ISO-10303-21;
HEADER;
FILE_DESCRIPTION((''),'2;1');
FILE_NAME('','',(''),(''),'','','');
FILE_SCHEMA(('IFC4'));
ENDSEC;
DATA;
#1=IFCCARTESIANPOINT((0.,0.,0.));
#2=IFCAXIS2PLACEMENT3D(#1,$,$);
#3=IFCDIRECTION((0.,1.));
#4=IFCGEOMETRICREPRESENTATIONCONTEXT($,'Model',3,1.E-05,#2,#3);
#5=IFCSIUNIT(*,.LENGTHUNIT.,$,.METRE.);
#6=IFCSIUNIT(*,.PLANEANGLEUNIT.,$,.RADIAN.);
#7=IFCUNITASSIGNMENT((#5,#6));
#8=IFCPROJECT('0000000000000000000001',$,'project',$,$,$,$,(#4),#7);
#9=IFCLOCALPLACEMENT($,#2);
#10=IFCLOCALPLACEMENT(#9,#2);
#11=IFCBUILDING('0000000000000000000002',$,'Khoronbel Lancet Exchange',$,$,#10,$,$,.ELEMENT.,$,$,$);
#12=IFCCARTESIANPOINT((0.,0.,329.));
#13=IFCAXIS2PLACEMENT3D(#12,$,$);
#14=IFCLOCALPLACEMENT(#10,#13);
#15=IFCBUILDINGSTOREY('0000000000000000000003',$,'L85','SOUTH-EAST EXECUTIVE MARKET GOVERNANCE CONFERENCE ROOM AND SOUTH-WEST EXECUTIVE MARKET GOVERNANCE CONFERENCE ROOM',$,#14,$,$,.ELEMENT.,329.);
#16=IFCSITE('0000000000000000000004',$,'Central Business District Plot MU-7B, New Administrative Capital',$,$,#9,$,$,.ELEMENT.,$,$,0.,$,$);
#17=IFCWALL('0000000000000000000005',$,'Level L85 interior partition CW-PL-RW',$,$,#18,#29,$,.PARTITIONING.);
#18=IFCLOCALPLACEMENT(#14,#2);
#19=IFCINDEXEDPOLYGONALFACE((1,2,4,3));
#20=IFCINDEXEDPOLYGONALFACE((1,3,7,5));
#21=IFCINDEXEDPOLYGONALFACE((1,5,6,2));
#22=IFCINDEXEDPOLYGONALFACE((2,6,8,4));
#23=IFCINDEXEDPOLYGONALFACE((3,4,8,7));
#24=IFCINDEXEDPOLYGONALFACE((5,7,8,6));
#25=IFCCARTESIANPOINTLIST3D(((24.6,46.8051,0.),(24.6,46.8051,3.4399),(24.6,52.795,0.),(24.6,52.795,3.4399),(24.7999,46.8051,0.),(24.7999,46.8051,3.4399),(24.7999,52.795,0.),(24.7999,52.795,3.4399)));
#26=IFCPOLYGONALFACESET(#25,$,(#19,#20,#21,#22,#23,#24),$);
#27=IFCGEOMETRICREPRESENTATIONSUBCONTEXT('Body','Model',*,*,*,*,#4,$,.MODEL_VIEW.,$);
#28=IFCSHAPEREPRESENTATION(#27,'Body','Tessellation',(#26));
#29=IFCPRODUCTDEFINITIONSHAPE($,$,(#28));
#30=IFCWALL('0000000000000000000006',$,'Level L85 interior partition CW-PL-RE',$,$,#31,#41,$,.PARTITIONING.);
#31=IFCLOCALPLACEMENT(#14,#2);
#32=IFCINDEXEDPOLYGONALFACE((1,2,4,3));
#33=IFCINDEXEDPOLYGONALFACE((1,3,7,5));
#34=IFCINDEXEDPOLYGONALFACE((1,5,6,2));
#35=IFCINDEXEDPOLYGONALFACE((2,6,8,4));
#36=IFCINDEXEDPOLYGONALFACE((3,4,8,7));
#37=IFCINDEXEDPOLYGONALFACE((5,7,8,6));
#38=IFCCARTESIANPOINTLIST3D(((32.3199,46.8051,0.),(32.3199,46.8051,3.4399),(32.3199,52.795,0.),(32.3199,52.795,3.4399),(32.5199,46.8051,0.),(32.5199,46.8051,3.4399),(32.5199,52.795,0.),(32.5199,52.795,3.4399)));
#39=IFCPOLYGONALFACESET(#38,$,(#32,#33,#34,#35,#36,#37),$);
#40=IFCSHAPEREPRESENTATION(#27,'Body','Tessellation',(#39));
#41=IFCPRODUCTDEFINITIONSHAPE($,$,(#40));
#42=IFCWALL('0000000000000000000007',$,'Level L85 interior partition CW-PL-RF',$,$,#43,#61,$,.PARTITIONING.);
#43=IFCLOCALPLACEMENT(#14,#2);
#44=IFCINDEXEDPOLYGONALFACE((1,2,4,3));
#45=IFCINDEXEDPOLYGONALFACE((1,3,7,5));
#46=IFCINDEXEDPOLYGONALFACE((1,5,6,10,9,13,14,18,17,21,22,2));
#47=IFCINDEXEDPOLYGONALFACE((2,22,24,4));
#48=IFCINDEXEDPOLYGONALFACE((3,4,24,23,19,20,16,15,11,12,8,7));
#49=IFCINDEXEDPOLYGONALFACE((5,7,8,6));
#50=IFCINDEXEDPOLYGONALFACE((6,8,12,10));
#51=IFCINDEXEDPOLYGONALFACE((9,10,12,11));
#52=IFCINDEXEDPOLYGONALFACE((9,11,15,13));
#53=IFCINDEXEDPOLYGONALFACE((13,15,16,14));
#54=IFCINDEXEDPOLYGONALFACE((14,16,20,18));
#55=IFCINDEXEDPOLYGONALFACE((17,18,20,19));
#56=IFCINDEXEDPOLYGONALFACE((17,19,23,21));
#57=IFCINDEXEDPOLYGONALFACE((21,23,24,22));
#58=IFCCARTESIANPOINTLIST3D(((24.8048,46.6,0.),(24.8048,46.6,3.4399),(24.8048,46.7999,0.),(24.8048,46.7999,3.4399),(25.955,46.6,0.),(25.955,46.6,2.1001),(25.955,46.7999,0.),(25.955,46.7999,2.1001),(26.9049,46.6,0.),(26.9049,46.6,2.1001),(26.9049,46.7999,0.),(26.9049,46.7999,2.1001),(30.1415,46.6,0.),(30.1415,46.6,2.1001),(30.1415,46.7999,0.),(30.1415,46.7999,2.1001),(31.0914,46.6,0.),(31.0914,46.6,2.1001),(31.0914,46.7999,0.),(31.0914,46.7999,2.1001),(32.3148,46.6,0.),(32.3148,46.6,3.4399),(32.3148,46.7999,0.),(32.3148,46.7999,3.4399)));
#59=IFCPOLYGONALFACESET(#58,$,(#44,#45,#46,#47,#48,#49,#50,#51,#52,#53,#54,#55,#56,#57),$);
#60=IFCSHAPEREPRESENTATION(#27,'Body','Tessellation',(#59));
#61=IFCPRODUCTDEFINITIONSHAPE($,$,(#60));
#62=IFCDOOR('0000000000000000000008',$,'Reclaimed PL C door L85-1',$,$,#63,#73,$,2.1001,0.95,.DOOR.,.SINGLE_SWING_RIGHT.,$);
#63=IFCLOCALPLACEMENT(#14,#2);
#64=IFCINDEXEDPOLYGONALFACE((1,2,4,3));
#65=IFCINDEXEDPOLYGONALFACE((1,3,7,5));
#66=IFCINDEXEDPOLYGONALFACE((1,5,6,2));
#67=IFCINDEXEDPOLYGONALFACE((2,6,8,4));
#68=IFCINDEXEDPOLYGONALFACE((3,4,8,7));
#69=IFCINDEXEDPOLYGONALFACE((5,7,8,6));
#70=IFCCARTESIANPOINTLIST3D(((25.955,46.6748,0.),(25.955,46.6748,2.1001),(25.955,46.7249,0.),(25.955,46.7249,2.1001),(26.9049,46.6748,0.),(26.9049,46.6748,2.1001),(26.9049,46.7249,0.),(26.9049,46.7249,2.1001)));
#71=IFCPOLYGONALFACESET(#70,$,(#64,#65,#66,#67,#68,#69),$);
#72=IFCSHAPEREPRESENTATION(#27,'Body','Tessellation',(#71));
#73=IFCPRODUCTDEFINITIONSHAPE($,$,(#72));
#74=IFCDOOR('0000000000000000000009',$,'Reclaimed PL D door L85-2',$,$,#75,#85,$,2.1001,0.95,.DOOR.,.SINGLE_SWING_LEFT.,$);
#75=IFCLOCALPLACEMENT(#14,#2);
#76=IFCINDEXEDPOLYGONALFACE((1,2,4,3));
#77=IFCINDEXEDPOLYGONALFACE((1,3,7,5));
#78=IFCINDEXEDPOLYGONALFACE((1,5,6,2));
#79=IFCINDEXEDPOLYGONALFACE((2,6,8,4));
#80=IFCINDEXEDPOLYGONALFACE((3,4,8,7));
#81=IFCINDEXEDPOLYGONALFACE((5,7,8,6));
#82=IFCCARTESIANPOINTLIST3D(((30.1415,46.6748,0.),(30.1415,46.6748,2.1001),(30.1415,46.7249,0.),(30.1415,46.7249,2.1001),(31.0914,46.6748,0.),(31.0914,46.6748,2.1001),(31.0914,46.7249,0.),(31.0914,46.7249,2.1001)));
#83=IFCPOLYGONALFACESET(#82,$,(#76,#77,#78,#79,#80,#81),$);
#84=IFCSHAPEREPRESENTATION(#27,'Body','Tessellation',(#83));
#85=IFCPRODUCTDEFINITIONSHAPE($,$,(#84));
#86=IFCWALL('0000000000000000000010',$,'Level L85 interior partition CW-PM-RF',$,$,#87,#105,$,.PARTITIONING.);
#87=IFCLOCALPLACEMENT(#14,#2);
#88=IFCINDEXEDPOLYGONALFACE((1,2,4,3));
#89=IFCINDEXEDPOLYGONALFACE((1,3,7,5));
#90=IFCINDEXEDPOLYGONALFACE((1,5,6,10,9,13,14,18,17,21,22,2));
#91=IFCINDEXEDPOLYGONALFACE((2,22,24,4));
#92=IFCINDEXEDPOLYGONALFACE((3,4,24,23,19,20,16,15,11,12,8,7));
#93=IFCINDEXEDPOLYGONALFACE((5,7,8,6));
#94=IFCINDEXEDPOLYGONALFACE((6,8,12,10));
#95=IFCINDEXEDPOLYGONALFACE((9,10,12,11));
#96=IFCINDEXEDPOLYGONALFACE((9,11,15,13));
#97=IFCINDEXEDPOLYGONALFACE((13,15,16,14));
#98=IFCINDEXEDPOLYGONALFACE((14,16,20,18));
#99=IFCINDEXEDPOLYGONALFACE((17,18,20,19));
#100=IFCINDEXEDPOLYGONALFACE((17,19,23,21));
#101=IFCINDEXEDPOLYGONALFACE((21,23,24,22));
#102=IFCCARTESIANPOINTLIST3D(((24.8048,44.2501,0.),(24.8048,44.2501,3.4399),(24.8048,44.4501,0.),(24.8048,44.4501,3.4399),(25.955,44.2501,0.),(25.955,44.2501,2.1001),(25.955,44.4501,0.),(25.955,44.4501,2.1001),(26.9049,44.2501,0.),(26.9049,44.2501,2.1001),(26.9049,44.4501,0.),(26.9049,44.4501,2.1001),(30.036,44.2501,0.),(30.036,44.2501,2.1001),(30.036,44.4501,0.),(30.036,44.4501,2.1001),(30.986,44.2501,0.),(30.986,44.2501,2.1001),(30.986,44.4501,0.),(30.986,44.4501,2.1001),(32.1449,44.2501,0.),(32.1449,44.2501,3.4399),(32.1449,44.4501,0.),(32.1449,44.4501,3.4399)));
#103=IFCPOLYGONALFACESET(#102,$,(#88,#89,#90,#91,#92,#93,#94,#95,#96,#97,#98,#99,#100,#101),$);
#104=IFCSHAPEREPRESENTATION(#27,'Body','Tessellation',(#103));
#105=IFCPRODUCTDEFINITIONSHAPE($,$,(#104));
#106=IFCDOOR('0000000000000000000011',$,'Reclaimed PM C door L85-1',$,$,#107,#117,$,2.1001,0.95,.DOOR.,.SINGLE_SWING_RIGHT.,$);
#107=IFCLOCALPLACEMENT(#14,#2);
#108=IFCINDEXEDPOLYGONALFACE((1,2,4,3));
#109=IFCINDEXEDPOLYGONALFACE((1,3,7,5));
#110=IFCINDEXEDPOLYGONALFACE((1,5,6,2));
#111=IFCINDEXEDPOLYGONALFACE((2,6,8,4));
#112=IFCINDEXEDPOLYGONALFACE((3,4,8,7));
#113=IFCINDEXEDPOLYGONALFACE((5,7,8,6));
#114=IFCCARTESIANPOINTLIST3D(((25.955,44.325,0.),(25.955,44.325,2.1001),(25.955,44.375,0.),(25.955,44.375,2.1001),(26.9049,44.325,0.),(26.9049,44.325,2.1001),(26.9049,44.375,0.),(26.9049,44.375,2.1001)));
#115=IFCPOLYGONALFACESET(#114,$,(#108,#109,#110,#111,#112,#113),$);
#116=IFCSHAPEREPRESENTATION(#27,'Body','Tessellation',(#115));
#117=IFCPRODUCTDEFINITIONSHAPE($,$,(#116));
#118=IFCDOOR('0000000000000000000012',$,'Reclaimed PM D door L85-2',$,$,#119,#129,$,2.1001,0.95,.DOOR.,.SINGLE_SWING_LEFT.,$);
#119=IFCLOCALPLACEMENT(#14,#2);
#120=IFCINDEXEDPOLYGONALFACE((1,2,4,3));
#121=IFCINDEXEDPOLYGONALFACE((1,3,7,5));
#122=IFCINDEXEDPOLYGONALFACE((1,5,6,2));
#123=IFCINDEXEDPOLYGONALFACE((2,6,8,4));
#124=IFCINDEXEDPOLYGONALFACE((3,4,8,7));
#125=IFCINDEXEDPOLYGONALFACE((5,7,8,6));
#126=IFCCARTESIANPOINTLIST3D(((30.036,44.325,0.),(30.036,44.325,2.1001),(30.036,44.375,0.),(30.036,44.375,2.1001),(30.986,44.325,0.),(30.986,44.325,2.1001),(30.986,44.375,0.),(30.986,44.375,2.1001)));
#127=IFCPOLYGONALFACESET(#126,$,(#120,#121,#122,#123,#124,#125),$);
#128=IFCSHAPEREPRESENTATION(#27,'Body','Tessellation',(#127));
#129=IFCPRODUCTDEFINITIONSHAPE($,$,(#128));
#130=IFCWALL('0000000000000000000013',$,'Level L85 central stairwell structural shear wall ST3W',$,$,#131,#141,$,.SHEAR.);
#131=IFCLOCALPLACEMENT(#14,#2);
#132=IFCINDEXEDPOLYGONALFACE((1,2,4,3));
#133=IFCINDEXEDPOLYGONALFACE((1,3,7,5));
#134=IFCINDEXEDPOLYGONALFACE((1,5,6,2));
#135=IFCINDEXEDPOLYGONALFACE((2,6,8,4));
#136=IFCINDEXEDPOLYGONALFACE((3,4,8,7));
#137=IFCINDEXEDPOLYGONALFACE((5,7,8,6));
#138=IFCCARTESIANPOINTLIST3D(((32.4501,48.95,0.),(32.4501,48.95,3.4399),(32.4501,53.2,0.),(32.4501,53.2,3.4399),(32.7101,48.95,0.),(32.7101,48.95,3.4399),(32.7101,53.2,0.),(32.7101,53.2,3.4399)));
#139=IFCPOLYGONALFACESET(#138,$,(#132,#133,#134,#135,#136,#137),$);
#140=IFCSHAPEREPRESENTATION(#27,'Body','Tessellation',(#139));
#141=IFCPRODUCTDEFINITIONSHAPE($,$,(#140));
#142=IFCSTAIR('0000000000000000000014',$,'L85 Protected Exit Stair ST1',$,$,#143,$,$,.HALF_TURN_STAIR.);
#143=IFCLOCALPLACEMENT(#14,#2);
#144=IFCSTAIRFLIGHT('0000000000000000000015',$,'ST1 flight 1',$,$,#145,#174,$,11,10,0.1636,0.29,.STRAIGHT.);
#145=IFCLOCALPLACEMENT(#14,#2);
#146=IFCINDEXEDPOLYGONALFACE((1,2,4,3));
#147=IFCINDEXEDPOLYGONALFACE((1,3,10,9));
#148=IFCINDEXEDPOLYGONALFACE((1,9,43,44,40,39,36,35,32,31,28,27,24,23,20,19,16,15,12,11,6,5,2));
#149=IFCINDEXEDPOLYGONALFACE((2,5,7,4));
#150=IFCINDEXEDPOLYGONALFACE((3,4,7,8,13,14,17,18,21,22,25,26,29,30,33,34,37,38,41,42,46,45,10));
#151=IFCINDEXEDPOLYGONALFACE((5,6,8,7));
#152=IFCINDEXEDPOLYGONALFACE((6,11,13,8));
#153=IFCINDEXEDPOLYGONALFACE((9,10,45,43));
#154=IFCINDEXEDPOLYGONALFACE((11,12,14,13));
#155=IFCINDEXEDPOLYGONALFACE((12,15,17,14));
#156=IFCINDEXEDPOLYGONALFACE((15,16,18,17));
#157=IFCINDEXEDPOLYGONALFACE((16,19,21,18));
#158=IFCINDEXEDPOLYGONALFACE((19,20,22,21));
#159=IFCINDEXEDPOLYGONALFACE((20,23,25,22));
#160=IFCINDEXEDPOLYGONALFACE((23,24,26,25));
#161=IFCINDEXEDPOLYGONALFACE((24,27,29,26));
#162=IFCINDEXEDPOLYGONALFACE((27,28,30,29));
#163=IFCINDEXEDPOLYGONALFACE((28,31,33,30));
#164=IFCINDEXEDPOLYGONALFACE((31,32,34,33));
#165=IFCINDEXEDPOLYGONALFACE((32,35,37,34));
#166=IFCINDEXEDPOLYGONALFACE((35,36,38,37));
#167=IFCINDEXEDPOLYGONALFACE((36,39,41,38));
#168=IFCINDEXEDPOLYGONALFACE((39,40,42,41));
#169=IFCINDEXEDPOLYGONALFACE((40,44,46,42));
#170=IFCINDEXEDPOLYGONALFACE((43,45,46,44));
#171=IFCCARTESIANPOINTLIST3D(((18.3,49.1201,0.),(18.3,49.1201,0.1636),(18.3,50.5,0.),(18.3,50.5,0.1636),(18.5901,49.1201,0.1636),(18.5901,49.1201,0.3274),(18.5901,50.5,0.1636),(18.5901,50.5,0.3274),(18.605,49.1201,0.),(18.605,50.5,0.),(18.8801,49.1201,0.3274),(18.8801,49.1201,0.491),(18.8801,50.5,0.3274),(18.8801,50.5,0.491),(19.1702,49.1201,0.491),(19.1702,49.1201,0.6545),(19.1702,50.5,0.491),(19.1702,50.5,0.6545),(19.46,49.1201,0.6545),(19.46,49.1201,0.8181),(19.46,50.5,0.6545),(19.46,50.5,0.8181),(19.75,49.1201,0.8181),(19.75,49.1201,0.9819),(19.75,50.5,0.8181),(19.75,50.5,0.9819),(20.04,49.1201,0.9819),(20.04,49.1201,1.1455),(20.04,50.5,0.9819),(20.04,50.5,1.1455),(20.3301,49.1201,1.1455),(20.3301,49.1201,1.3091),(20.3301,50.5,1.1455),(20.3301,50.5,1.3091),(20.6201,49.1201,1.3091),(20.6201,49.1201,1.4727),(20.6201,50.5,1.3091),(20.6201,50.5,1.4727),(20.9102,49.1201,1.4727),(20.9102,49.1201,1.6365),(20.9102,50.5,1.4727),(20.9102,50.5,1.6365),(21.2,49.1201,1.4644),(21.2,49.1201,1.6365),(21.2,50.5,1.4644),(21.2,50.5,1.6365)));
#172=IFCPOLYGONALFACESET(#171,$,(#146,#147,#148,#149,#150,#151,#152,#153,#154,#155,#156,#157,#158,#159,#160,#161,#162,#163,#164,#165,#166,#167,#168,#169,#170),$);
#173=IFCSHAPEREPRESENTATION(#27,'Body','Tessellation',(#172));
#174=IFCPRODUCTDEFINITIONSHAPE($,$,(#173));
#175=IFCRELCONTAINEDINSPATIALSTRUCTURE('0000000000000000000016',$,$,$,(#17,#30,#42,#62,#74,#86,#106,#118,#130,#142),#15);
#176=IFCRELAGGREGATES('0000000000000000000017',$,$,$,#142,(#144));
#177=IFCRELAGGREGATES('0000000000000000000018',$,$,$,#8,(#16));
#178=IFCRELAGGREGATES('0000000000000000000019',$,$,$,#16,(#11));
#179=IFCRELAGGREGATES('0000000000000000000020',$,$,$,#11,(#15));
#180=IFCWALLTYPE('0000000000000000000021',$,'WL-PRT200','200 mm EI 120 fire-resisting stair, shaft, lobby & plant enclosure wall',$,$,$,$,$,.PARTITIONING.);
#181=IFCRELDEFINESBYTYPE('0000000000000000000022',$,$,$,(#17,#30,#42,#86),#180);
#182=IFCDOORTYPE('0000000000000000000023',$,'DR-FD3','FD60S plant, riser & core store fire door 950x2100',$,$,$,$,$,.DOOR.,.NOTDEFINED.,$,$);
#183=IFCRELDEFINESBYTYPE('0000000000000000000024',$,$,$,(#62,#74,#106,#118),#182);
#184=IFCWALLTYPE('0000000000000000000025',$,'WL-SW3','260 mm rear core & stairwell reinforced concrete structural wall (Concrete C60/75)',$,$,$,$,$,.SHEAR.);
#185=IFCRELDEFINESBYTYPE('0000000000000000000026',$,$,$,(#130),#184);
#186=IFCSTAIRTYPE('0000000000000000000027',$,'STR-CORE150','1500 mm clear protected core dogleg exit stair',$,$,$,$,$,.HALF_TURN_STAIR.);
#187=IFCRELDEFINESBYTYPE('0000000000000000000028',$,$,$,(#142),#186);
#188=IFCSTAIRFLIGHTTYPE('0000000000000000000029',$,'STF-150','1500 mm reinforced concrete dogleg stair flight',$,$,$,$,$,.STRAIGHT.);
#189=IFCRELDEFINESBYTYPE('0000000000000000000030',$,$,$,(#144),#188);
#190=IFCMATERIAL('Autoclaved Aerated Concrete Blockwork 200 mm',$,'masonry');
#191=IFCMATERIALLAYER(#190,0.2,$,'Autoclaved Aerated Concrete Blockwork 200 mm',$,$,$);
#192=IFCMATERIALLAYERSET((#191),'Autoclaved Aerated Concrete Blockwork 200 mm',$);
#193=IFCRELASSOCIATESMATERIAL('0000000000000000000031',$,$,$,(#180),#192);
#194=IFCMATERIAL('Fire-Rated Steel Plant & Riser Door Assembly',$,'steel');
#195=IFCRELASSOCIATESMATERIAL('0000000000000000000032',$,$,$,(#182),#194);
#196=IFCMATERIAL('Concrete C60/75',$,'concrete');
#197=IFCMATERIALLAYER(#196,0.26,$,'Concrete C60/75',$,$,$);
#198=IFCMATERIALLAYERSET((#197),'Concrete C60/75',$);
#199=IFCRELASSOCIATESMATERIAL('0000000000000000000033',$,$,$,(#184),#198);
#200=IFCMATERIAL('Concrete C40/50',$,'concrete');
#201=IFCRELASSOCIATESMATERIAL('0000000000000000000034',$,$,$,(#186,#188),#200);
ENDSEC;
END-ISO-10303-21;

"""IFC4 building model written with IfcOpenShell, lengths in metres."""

from ifc_helpers import new_model, si_unit, direction, frame, frame_2d, origin, place, context, subcontext, project, spatial, polyline, rectangle, outline, extrude, material, layer, layer_set, type_object, element, fill, aggregate, save


model = new_model("IFC4")

# Units and contexts
model_context = context("Model", 3, precision=1e-05, world=origin(), true_north=direction((0.0, 1.0)))
body_context = subcontext(model_context, "Body", "Model", "MODEL_VIEW")
ifc_project = project(units=[si_unit("LENGTHUNIT", "METRE"), si_unit("PLANEANGLEUNIT", "RADIAN")], contexts=[model_context])

# Site, building, storey
site_placement = place(None, origin())
site = spatial("IfcSite", under=ifc_project, at=site_placement, Name="Central Business District Plot MU-7B, New Administrative Capital", CompositionType="ELEMENT", RefElevation=0.0)
building_placement = place(site_placement, origin())
building = spatial("IfcBuilding", under=site, at=building_placement, Name="Khoronbel Lancet Exchange", CompositionType="ELEMENT")
storey_placement = place(building_placement, frame((0.0, 0.0, 329.0)))
storey = spatial("IfcBuildingStorey", under=building, at=storey_placement, Name="L85", Description="SOUTH-EAST EXECUTIVE MARKET GOVERNANCE CONFERENCE ROOM AND SOUTH-WEST EXECUTIVE MARKET GOVERNANCE CONFERENCE ROOM", CompositionType="ELEMENT", Elevation=329.0)

# Shared definitions
ifc_material_1 = material(Name="Autoclaved Aerated Concrete Blockwork 200 mm", Category="masonry")
ifc_layer_1 = layer(ifc_material_1, 0.2, Name="Autoclaved Aerated Concrete Blockwork 200 mm")
ifc_layer_set_1 = layer_set([ifc_layer_1], Name="Autoclaved Aerated Concrete Blockwork 200 mm")
wall_type_1 = type_object("IfcWallType", Name="WL-PRT200", Description="200 mm EI 120 fire-resisting stair, shaft, lobby & plant enclosure wall", PredefinedType="PARTITIONING", material=ifc_layer_set_1)

# Walls
for number, where, z_axis, x_axis, name in (
    (1, (24.7, 46.8049, 0.0), (0.0, 0.0, 1.0), (0.0, 1.0, 0.0), "Level L85 interior partition CW-PL-RW"),
    (2, (32.4199, 46.8049, 0.0), (0.0, 0.0, 1.0), (0.0, 1.0, 0.0), "Level L85 interior partition CW-PL-RE"),
):
    element("IfcWall", number, at=place(storey_placement, frame(where, z_axis=z_axis, x_axis=x_axis)), inside=storey, type_object=wall_type_1, Name=name, PredefinedType="PARTITIONING", context=body_context, shape_type="SweptSolid", body=[
        extrude(rectangle(XDim=5.99, YDim=0.2, at=frame_2d((2.9951, 0.0))), origin(), (0.0, 0.0, 1.0), 3.4399),
    ])

# Walls, openings, doors
wall_1_placement = place(storey_placement, frame((24.8049, 46.7, 0.0), z_axis=(0.0, 0.0, 1.0), x_axis=(1.0, 0.0, 0.0)))
wall_1 = element("IfcWall", 3, at=wall_1_placement, inside=storey, type_object=wall_type_1, Name="Level L85 interior partition CW-PL-RF", PredefinedType="PARTITIONING", context=body_context, shape_type="SweptSolid", body=[
    extrude(rectangle(XDim=7.51, YDim=0.2, at=frame_2d((3.7549, 0.0))), origin(), (0.0, 0.0, 1.0), 3.4399),
])
opening_1_placement = place(wall_1_placement, frame((1.1499, 0.0, 0.0)))
opening_1 = element("IfcOpeningElement", 4, at=opening_1_placement, cuts=wall_1, PredefinedType="OPENING", context=body_context, shape_type="SweptSolid", body=[
    extrude(rectangle(XDim=0.95, YDim=2.1001, at=frame_2d((0.4751, 1.05))), frame((0.0, 0.1099, 0.0), z_axis=(0.0, -1.0, 0.0), x_axis=(1.0, 0.0, 0.0)), (0.0, 0.0, 1.0), 0.22),
])
opening_2_placement = place(wall_1_placement, frame((5.3364, 0.0, 0.0)))
opening_2 = element("IfcOpeningElement", 5, at=opening_2_placement, cuts=wall_1, PredefinedType="OPENING", context=body_context, shape_type="SweptSolid", body=[
    extrude(rectangle(XDim=0.95, YDim=2.1001, at=frame_2d((0.4751, 1.05))), frame((0.0, 0.1099, 0.0), z_axis=(0.0, -1.0, 0.0), x_axis=(1.0, 0.0, 0.0)), (0.0, 0.0, 1.0), 0.22),
])
ifc_material_2 = material(Name="Fire-Rated Steel Plant & Riser Door Assembly", Category="steel")
door_type_1 = type_object("IfcDoorType", Name="DR-FD3", Description="FD60S plant, riser & core store fire door 950x2100", OperationType="NOTDEFINED", PredefinedType="DOOR", material=ifc_material_2)
door_1_placement = place(opening_1_placement, origin())
door_1 = element("IfcDoor", 6, at=door_1_placement, inside=storey, type_object=door_type_1, Name="Reclaimed PL C door L85-1", OperationType="SINGLE_SWING_RIGHT", OverallHeight=2.1001, OverallWidth=0.95, PredefinedType="DOOR", context=body_context, shape_type="SweptSolid", body=[
    extrude(rectangle(XDim=0.95, YDim=2.1001, at=frame_2d((0.4751, 1.05))), frame((0.0, 0.0249, 0.0), z_axis=(0.0, -1.0, 0.0), x_axis=(1.0, 0.0, 0.0)), (0.0, 0.0, 1.0), 0.05),
])
fill(opening_1, door_1)
door_2_placement = place(opening_2_placement, origin())
door_2 = element("IfcDoor", 7, at=door_2_placement, inside=storey, type_object=door_type_1, Name="Reclaimed PL D door L85-2", OperationType="SINGLE_SWING_LEFT", OverallHeight=2.1001, OverallWidth=0.95, PredefinedType="DOOR", context=body_context, shape_type="SweptSolid", body=[
    extrude(rectangle(XDim=0.95, YDim=2.1001, at=frame_2d((0.4751, 1.05))), frame((0.0, 0.0249, 0.0), z_axis=(0.0, -1.0, 0.0), x_axis=(1.0, 0.0, 0.0)), (0.0, 0.0, 1.0), 0.05),
])
fill(opening_2, door_2)
wall_2_placement = place(storey_placement, frame((24.8049, 44.3501, 0.0), z_axis=(0.0, 0.0, 1.0), x_axis=(1.0, 0.0, 0.0)))
wall_2 = element("IfcWall", 8, at=wall_2_placement, inside=storey, type_object=wall_type_1, Name="Level L85 interior partition CW-PM-RF", PredefinedType="PARTITIONING", context=body_context, shape_type="SweptSolid", body=[
    extrude(rectangle(XDim=7.3401, YDim=0.2, at=frame_2d((3.6699, 0.0))), origin(), (0.0, 0.0, 1.0), 3.4399),
])
opening_3_placement = place(wall_2_placement, frame((1.1499, 0.0, 0.0)))
opening_3 = element("IfcOpeningElement", 9, at=opening_3_placement, cuts=wall_2, PredefinedType="OPENING", context=body_context, shape_type="SweptSolid", body=[
    extrude(rectangle(XDim=0.95, YDim=2.1001, at=frame_2d((0.4751, 1.05))), frame((0.0, 0.1099, 0.0), z_axis=(0.0, -1.0, 0.0), x_axis=(1.0, 0.0, 0.0)), (0.0, 0.0, 1.0), 0.22),
])
opening_4_placement = place(wall_2_placement, frame((5.231, 0.0, 0.0)))
opening_4 = element("IfcOpeningElement", 10, at=opening_4_placement, cuts=wall_2, PredefinedType="OPENING", context=body_context, shape_type="SweptSolid", body=[
    extrude(rectangle(XDim=0.95, YDim=2.1001, at=frame_2d((0.4751, 1.05))), frame((0.0, 0.1099, 0.0), z_axis=(0.0, -1.0, 0.0), x_axis=(1.0, 0.0, 0.0)), (0.0, 0.0, 1.0), 0.22),
])
door_3_placement = place(opening_3_placement, origin())
door_3 = element("IfcDoor", 11, at=door_3_placement, inside=storey, type_object=door_type_1, Name="Reclaimed PM C door L85-1", OperationType="SINGLE_SWING_RIGHT", OverallHeight=2.1001, OverallWidth=0.95, PredefinedType="DOOR", context=body_context, shape_type="SweptSolid", body=[
    extrude(rectangle(XDim=0.95, YDim=2.1001, at=frame_2d((0.4751, 1.05))), frame((0.0, 0.0249, 0.0), z_axis=(0.0, -1.0, 0.0), x_axis=(1.0, 0.0, 0.0)), (0.0, 0.0, 1.0), 0.05),
])
fill(opening_3, door_3)
door_4_placement = place(opening_4_placement, origin())
door_4 = element("IfcDoor", 12, at=door_4_placement, inside=storey, type_object=door_type_1, Name="Reclaimed PM D door L85-2", OperationType="SINGLE_SWING_LEFT", OverallHeight=2.1001, OverallWidth=0.95, PredefinedType="DOOR", context=body_context, shape_type="SweptSolid", body=[
    extrude(rectangle(XDim=0.95, YDim=2.1001, at=frame_2d((0.4751, 1.05))), frame((0.0, 0.0249, 0.0), z_axis=(0.0, -1.0, 0.0), x_axis=(1.0, 0.0, 0.0)), (0.0, 0.0, 1.0), 0.05),
])
fill(opening_4, door_4)

# Wall
ifc_material_3 = material(Name="Concrete C60/75", Category="concrete")
ifc_layer_2 = layer(ifc_material_3, 0.26, Name="Concrete C60/75")
ifc_layer_set_2 = layer_set([ifc_layer_2], Name="Concrete C60/75")
wall_type_2 = type_object("IfcWallType", Name="WL-SW3", Description="260 mm rear core & stairwell reinforced concrete structural wall (Concrete C60/75)", PredefinedType="SHEAR", material=ifc_layer_set_2)
wall_3_placement = place(storey_placement, frame((32.5801, 48.95, 0.0), z_axis=(0.0, 0.0, 1.0), x_axis=(0.0, 1.0, 0.0)))
element("IfcWall", 13, at=wall_3_placement, inside=storey, type_object=wall_type_2, Name="Level L85 central stairwell structural shear wall ST3W", PredefinedType="SHEAR", context=body_context, shape_type="SweptSolid", body=[
    extrude(rectangle(XDim=4.25, YDim=0.26, at=frame_2d((2.125, 0.0))), origin(), (0.0, 0.0, 1.0), 3.4399),
])

# Stair, stair flight
ifc_material_4 = material(Name="Concrete C40/50", Category="concrete")
stair_type = type_object("IfcStairType", Name="STR-CORE150", Description="1500 mm clear protected core dogleg exit stair", PredefinedType="HALF_TURN_STAIR", material=ifc_material_4)
stair_placement = place(storey_placement, origin())
stair = element("IfcStair", 14, at=stair_placement, inside=storey, type_object=stair_type, Name="L85 Protected Exit Stair ST1", PredefinedType="HALF_TURN_STAIR")
stair_flight_type = type_object("IfcStairFlightType", Name="STF-150", Description="1500 mm reinforced concrete dogleg stair flight", PredefinedType="STRAIGHT", material=ifc_material_4)
stair_flight_1_placement = place(storey_placement, frame((18.3, 49.8101, 0.0), z_axis=(0.0, 0.0, 1.0), x_axis=(1.0, 0.0, 0.0)))
stair_flight_1 = element("IfcStairFlight", 15, at=stair_flight_1_placement, type_object=stair_flight_type, Name="ST1 flight 1", NumberOfRisers=11, NumberOfTreads=10, PredefinedType="STRAIGHT", RiserHeight=0.1636, TreadLength=0.29, context=body_context, shape_type="SweptSolid", body=[
    extrude(outline(polyline([(0.0, 0.0), (0.0, 0.1636), (0.29, 0.1636), (0.29, 0.3274), (0.5801, 0.3274), (0.5801, 0.491), (0.8701, 0.491), (0.8701, 0.6545), (1.1599, 0.6545), (1.1599, 0.8181), (1.45, 0.8181), (1.45, 0.9819), (1.74, 0.9819), (1.74, 1.1455), (2.03, 1.1455), (2.03, 1.3091), (2.3201, 1.3091), (2.3201, 1.4727), (2.6101, 1.4727), (2.6101, 1.6365), (2.8999, 1.6365), (2.8999, 1.8), (2.8999, 1.4644), (0.3049, 0.0), (0.0, 0.0)])), frame((0.0, 0.6899, 0.0), z_axis=(0.0, -1.0, 0.0), x_axis=(1.0, 0.0, 0.0)), (0.0, 0.0, 1.0), 1.3799),
])
aggregate(stair, [stair_flight_1])

save(model, "model.ifc")
